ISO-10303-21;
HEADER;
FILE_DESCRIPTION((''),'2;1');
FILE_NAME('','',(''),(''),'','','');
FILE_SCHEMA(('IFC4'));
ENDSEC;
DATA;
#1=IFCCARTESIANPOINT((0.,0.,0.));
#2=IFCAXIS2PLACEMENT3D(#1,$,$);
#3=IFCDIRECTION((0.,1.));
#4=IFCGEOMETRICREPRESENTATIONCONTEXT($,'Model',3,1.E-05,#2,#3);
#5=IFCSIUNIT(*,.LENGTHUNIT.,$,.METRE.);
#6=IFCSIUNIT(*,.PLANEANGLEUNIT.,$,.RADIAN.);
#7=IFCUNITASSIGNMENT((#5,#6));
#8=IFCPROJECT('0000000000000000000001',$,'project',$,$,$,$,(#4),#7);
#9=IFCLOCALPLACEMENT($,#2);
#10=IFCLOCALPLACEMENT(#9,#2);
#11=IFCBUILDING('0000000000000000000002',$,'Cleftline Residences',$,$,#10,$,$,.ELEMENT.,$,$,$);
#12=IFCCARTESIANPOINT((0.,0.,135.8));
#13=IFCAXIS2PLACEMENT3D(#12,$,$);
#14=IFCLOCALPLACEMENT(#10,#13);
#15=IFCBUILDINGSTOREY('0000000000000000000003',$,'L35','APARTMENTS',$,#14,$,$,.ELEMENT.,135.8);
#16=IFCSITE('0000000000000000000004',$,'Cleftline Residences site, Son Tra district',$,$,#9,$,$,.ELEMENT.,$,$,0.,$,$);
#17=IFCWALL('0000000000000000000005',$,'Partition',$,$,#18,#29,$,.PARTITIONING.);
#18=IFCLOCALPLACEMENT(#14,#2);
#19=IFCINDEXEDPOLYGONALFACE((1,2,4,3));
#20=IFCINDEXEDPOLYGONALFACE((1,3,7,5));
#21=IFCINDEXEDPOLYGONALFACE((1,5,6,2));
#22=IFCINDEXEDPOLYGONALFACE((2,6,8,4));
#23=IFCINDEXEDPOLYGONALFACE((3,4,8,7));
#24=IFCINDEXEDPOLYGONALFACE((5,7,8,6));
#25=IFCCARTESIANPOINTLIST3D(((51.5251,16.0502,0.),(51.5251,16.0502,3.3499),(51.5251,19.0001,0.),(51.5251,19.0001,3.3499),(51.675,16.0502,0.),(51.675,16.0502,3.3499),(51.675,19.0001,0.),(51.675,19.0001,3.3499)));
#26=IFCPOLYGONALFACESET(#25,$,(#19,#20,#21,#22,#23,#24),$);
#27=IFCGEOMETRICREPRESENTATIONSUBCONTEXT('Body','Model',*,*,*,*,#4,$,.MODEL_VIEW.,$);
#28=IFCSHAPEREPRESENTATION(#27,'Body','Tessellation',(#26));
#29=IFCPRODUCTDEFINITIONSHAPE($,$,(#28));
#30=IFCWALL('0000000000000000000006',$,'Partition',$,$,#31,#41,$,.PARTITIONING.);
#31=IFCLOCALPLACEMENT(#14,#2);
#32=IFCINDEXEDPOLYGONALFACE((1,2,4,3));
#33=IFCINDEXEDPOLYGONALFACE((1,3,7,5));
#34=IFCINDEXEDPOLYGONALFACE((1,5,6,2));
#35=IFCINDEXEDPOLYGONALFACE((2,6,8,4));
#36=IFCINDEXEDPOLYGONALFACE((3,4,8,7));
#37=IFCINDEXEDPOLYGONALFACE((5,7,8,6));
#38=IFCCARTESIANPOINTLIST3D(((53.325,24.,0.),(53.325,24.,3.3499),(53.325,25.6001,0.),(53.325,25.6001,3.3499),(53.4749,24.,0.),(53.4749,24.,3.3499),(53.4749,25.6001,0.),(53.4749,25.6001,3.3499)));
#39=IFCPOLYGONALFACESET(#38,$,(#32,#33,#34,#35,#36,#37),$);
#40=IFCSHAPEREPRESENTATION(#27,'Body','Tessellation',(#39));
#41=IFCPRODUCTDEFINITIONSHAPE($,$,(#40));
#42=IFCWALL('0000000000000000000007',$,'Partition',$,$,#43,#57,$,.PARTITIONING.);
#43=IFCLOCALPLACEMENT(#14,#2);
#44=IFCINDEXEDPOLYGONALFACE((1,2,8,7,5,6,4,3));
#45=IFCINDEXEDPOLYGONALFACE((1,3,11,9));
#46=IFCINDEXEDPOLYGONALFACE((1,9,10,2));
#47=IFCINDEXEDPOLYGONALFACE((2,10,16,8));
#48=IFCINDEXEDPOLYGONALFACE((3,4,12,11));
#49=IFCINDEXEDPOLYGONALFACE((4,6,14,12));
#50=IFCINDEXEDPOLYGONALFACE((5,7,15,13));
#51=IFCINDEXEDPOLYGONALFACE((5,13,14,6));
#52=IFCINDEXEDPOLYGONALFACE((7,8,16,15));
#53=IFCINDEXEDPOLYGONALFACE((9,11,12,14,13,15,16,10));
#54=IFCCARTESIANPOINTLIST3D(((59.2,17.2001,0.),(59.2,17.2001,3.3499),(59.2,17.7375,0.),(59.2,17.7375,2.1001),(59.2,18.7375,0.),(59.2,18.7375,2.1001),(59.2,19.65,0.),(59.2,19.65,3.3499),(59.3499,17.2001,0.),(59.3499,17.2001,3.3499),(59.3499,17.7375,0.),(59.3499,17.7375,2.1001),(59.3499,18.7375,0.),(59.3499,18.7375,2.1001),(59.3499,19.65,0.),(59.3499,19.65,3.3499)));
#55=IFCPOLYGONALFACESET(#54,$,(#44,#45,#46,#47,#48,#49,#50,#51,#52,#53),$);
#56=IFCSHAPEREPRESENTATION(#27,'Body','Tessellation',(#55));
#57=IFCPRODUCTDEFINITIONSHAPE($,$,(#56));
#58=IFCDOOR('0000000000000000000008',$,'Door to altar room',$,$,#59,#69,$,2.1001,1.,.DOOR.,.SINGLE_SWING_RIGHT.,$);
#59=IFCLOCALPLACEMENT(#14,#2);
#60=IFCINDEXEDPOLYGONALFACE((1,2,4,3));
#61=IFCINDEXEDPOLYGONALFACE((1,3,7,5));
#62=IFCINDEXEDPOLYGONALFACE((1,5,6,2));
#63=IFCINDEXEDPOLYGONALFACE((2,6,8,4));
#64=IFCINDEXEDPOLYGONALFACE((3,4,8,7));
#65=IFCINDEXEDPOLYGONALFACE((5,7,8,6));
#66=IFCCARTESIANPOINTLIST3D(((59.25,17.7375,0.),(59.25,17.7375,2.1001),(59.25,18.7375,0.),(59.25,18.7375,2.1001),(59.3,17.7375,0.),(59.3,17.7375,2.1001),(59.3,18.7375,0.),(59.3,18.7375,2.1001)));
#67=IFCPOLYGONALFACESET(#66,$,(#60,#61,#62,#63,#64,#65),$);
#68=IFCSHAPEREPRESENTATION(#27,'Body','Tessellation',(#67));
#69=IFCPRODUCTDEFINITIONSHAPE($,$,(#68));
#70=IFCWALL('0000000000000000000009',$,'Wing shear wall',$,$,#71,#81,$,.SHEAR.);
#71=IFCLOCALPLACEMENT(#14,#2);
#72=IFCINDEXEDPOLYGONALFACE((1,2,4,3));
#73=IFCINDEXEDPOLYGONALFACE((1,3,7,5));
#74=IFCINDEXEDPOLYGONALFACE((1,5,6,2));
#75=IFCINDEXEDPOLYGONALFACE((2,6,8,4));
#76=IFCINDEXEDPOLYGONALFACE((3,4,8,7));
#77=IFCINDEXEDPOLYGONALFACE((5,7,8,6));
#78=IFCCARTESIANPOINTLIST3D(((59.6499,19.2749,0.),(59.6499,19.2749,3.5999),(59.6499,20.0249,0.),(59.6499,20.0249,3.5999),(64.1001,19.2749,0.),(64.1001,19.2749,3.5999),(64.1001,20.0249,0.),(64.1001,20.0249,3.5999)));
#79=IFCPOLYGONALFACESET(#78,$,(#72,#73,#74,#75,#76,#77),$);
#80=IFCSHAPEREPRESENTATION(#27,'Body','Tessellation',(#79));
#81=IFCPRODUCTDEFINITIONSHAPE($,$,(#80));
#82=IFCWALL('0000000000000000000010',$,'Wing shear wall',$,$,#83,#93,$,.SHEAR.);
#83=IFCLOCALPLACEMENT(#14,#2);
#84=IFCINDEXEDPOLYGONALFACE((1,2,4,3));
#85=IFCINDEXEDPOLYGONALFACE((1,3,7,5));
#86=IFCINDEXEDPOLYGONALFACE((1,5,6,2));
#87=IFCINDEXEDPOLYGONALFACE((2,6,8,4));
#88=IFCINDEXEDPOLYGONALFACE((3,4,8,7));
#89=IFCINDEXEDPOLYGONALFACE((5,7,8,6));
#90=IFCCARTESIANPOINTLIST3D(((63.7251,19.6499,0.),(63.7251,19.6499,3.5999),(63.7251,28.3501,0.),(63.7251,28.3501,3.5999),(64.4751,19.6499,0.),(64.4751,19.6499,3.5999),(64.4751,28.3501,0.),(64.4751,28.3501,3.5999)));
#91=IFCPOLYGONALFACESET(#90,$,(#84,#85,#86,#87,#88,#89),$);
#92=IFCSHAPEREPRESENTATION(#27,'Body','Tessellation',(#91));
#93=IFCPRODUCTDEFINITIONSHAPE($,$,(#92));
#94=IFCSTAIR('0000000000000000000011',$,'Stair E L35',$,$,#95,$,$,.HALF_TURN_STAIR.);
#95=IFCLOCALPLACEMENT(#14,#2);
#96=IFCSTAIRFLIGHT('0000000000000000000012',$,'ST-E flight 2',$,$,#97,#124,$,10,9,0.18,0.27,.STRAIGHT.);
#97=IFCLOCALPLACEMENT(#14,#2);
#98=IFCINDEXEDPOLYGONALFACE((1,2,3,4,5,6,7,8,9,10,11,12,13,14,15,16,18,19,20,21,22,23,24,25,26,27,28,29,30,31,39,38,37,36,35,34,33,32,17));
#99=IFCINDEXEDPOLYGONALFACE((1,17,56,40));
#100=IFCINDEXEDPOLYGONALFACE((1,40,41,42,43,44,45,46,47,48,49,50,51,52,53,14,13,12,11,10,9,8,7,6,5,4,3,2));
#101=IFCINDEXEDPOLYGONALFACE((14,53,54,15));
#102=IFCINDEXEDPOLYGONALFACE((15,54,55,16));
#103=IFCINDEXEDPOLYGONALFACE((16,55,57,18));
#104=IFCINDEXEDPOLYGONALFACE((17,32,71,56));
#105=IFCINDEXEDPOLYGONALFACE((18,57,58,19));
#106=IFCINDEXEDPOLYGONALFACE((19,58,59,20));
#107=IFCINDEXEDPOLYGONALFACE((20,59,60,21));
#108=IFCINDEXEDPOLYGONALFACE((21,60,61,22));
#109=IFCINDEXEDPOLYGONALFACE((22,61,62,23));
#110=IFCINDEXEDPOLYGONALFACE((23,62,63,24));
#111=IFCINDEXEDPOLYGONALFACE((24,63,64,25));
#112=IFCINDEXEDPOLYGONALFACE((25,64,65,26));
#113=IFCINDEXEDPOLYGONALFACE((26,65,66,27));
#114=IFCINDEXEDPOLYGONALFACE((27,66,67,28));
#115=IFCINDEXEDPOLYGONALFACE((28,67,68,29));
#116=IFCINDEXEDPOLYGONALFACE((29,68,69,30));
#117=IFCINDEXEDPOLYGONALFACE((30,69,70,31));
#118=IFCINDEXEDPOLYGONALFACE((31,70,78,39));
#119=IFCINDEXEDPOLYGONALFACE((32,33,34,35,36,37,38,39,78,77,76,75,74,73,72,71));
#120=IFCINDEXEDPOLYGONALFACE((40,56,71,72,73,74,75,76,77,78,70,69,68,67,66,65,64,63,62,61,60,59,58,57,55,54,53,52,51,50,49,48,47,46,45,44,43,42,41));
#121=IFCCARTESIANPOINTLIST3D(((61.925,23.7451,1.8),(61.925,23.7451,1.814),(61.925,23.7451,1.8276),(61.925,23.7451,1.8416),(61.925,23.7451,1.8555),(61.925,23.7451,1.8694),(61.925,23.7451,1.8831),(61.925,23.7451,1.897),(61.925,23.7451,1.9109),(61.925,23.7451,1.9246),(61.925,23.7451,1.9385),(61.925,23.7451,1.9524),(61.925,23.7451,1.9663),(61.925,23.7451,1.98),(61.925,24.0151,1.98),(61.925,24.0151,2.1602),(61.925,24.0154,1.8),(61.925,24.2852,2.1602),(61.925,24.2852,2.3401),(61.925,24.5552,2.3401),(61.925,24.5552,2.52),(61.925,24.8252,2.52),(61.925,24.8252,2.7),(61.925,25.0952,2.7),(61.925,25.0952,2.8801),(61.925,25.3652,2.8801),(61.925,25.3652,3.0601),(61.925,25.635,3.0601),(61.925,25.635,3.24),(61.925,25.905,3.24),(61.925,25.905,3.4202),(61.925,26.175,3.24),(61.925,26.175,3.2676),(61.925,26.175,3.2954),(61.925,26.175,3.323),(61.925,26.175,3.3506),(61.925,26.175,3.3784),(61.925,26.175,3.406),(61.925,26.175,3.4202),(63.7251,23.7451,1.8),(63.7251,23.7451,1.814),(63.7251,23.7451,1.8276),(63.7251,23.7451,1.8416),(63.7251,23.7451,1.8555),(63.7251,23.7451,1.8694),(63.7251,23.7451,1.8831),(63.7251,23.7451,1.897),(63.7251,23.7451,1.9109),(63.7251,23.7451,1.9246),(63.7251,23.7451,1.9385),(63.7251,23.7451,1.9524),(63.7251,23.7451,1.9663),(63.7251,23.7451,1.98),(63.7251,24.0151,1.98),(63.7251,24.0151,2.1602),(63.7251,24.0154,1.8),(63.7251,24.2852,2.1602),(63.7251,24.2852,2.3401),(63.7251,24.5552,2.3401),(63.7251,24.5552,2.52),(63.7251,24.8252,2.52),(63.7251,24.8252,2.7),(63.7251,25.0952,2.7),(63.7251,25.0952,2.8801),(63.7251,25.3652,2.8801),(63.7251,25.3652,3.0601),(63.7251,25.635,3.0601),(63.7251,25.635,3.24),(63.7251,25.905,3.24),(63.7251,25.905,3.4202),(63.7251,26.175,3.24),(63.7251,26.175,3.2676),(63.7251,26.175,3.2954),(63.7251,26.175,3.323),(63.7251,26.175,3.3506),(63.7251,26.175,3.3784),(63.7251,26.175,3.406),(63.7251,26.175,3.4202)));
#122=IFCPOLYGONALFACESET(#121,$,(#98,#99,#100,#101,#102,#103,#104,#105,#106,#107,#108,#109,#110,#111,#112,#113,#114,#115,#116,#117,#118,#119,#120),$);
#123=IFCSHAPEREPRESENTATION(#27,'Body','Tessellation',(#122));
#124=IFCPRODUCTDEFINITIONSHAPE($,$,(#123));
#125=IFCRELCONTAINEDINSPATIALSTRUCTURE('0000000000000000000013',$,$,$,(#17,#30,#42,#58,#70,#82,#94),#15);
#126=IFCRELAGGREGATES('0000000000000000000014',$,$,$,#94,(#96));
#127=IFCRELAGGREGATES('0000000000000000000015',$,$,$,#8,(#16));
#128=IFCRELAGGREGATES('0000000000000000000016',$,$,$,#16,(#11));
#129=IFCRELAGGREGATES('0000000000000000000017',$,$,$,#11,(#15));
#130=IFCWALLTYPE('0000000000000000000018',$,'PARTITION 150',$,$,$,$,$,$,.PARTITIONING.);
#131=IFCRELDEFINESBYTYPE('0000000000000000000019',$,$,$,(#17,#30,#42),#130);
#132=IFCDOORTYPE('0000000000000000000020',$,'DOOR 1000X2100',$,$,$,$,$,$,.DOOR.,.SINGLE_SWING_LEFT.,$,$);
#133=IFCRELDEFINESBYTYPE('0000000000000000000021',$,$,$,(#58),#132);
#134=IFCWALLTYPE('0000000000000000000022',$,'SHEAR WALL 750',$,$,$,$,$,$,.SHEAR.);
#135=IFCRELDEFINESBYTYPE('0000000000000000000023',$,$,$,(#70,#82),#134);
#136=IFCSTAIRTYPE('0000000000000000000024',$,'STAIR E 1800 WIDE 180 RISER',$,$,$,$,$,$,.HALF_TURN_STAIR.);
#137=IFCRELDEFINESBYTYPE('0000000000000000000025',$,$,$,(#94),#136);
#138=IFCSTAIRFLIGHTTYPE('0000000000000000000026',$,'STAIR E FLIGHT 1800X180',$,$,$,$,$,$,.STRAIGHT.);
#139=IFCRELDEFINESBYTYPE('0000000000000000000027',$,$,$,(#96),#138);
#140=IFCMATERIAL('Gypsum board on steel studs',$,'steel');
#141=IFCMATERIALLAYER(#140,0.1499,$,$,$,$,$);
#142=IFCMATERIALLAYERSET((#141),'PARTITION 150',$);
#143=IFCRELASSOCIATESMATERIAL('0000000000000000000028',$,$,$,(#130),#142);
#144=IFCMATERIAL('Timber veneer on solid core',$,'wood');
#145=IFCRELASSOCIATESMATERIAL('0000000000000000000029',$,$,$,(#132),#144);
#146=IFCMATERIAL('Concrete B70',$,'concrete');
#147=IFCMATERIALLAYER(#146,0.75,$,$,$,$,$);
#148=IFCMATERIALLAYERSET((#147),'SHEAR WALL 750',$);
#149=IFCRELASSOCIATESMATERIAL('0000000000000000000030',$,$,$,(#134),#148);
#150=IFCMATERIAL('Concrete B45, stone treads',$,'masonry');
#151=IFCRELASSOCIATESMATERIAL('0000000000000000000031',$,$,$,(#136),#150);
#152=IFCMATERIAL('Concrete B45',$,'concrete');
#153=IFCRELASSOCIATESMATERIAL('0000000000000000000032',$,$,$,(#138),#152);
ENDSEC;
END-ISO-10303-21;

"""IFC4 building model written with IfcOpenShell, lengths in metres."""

from ifc_helpers import new_model, si_unit, direction, frame, frame_2d, origin, place, context, subcontext, project, spatial, polyline, rectangle, outline, extrude, material, layer, layer_set, type_object, element, fill, aggregate, save


model = new_model("IFC4")

# Units and contexts
model_context = context("Model", 3, precision=1e-05, world=origin(), true_north=direction((0.0, 1.0)))
body_context = subcontext(model_context, "Body", "Model", "MODEL_VIEW")
ifc_project = project(units=[si_unit("LENGTHUNIT", "METRE"), si_unit("PLANEANGLEUNIT", "RADIAN")], contexts=[model_context])

# Site, building, storey
site_placement = place(None, origin())
site = spatial("IfcSite", under=ifc_project, at=site_placement, Name="Cleftline Residences site, Son Tra district", CompositionType="ELEMENT", RefElevation=0.0)
building_placement = place(site_placement, origin())
building = spatial("IfcBuilding", under=site, at=building_placement, Name="Cleftline Residences", CompositionType="ELEMENT")
storey_placement = place(building_placement, frame((0.0, 0.0, 135.8)))
storey = spatial("IfcBuildingStorey", under=building, at=storey_placement, Name="L35", Description="APARTMENTS", CompositionType="ELEMENT", Elevation=135.8)

# Shared definitions
ifc_material_1 = material(Name="Gypsum board on steel studs", Category="steel")
ifc_layer_1 = layer(ifc_material_1, 0.1499)
ifc_layer_set_1 = layer_set([ifc_layer_1], Name="PARTITION 150")
wall_type_1 = type_object("IfcWallType", Name="PARTITION 150", PredefinedType="PARTITIONING", material=ifc_layer_set_1)

# Shared definitions
ifc_material_2 = material(Name="Timber veneer on solid core", Category="wood")
door_type_1 = type_object("IfcDoorType", Name="DOOR 1000X2100", OperationType="SINGLE_SWING_LEFT", PredefinedType="DOOR", material=ifc_material_2)

# Walls
wall_1_placement = place(storey_placement, frame((51.6001, 16.05, 0.0), z_axis=(0.0, 0.0, 1.0), x_axis=(0.0, 1.0, 0.0)))
element("IfcWall", 1, at=wall_1_placement, inside=storey, type_object=wall_type_1, Name="Partition", PredefinedType="PARTITIONING", context=body_context, shape_type="SweptSolid", body=[
    extrude(rectangle(XDim=2.95, YDim=0.1499, at=frame_2d((1.4751, 0.0))), origin(), (0.0, 0.0, 1.0), 3.3499),
])
wall_2_placement = place(storey_placement, frame((53.3999, 24.0, 0.0), z_axis=(0.0, 0.0, 1.0), x_axis=(0.0, 1.0, 0.0)))
element("IfcWall", 2, at=wall_2_placement, inside=storey, type_object=wall_type_1, Name="Partition", PredefinedType="PARTITIONING", context=body_context, shape_type="SweptSolid", body=[
    extrude(rectangle(XDim=1.6001, YDim=0.1499, at=frame_2d((0.8, 0.0))), origin(), (0.0, 0.0, 1.0), 3.3499),
])

# Wall, opening, door
wall_3_placement = place(storey_placement, frame((59.2749, 17.2, 0.0), z_axis=(0.0, 0.0, 1.0), x_axis=(0.0, 1.0, 0.0)))
wall_3 = element("IfcWall", 3, at=wall_3_placement, inside=storey, type_object=wall_type_1, Name="Partition", PredefinedType="PARTITIONING", context=body_context, shape_type="SweptSolid", body=[
    extrude(rectangle(XDim=2.45, YDim=0.1499, at=frame_2d((1.2251, 0.0))), origin(), (0.0, 0.0, 1.0), 3.3499),
])
opening_1_placement = place(wall_3_placement, frame((0.5376, 0.0, 0.0)))
opening_1 = element("IfcOpeningElement", 4, at=opening_1_placement, cuts=wall_3, PredefinedType="OPENING", context=body_context, shape_type="SweptSolid", body=[
    extrude(rectangle(XDim=1.0, YDim=2.1001, at=frame_2d((0.5, 1.05))), frame((0.0, 0.085, 0.0), z_axis=(0.0, -1.0, 0.0), x_axis=(1.0, 0.0, 0.0)), (0.0, 0.0, 1.0), 0.1699),
])
door_1_placement = place(opening_1_placement, origin())
door_1 = element("IfcDoor", 5, at=door_1_placement, inside=storey, type_object=door_type_1, Name="Door to altar room", OperationType="SINGLE_SWING_RIGHT", OverallHeight=2.1001, OverallWidth=1.0, PredefinedType="DOOR", context=body_context, shape_type="SweptSolid", body=[
    extrude(rectangle(XDim=1.0, YDim=2.1001, at=frame_2d((0.5, 1.05))), frame((0.0, 0.0249, 0.0), z_axis=(0.0, -1.0, 0.0), x_axis=(1.0, 0.0, 0.0)), (0.0, 0.0, 1.0), 0.05),
])
fill(opening_1, door_1)

# Walls
ifc_material_3 = material(Name="Concrete B70", Category="concrete")
ifc_layer_2 = layer(ifc_material_3, 0.75)
ifc_layer_set_2 = layer_set([ifc_layer_2], Name="SHEAR WALL 750")
wall_type_2 = type_object("IfcWallType", Name="SHEAR WALL 750", PredefinedType="SHEAR", material=ifc_layer_set_2)
wall_4_placement = place(storey_placement, frame((59.6499, 19.6499, 0.0), z_axis=(0.0, 0.0, 1.0), x_axis=(1.0, 0.0, 0.0)))
element("IfcWall", 6, at=wall_4_placement, inside=storey, type_object=wall_type_2, Name="Wing shear wall", PredefinedType="SHEAR", context=body_context, shape_type="SweptSolid", body=[
    extrude(rectangle(XDim=4.4502, YDim=0.75, at=frame_2d((2.2251, 0.0))), origin(), (0.0, 0.0, 1.0), 3.5999),
])
wall_5_placement = place(storey_placement, frame((64.1001, 19.6499, 0.0), z_axis=(0.0, 0.0, 1.0), x_axis=(0.0, 1.0, 0.0)))
element("IfcWall", 7, at=wall_5_placement, inside=storey, type_object=wall_type_2, Name="Wing shear wall", PredefinedType="SHEAR", context=body_context, shape_type="SweptSolid", body=[
    extrude(rectangle(XDim=8.7002, YDim=0.75, at=frame_2d((4.3501, 0.0))), origin(), (0.0, 0.0, 1.0), 3.5999),
])

# Stair, stair flight
ifc_material_4 = material(Name="Concrete B45, stone treads", Category="masonry")
stair_type = type_object("IfcStairType", Name="STAIR E 1800 WIDE 180 RISER", PredefinedType="HALF_TURN_STAIR", material=ifc_material_4)
stair_placement = place(storey_placement, origin())
stair = element("IfcStair", 8, at=stair_placement, inside=storey, type_object=stair_type, Name="Stair E L35", PredefinedType="HALF_TURN_STAIR")
ifc_material_5 = material(Name="Concrete B45", Category="concrete")
stair_flight_type = type_object("IfcStairFlightType", Name="STAIR E FLIGHT 1800X180", PredefinedType="STRAIGHT", material=ifc_material_5)
stair_flight_placement = place(storey_placement, frame((62.825, 23.7451, 1.8), z_axis=(0.0, 0.0, 1.0), x_axis=(0.0, 1.0, 0.0)))
stair_flight = element("IfcStairFlight", 9, at=stair_flight_placement, type_object=stair_flight_type, Name="ST-E flight 2", NumberOfRisers=10, NumberOfTreads=9, PredefinedType="STRAIGHT", RiserHeight=0.18, TreadLength=0.27, context=body_context, shape_type="SweptSolid", body=[
    extrude(outline(polyline([(0.0, 0.0), (0.0, 0.0139), (0.0, 0.0276), (0.0, 0.0415), (0.0, 0.0554), (0.0, 0.0693), (0.0, 0.083), (0.0, 0.0969), (0.0, 0.1108), (0.0, 0.1245), (0.0, 0.1384), (0.0, 0.1523), (0.0, 0.1663), (0.0, 0.1799), (0.27, 0.1799), (0.27, 0.3601), (0.54, 0.3601), (0.54, 0.54), (0.8101, 0.54), (0.8101, 0.72), (1.0801, 0.72), (1.0801, 0.8999), (1.3501, 0.8999), (1.3501, 1.0801), (1.6201, 1.0801), (1.6201, 1.26), (1.8899, 1.26), (1.8899, 1.4399), (2.1599, 1.4399), (2.1599, 1.6201), (2.4299, 1.6201), (2.4299, 1.8), (2.4299, 1.7722), (2.4299, 1.7446), (2.4299, 1.7168), (2.4299, 1.6892), (2.4299, 1.6614), (2.4299, 1.6338), (2.4299, 1.606), (2.4299, 1.5784), (2.4299, 1.5505), (2.4299, 1.5229), (2.4299, 1.4954), (2.4299, 1.4675), (2.4299, 1.4399), (0.2703, 0.0), (0.0, 0.0)])), frame((0.0, 0.8999, 0.0), z_axis=(0.0, -1.0, 0.0), x_axis=(1.0, 0.0, 0.0)), (0.0, 0.0, 1.0), 1.8),
])
aggregate(stair, [stair_flight])

save(model, "model.ifc")
